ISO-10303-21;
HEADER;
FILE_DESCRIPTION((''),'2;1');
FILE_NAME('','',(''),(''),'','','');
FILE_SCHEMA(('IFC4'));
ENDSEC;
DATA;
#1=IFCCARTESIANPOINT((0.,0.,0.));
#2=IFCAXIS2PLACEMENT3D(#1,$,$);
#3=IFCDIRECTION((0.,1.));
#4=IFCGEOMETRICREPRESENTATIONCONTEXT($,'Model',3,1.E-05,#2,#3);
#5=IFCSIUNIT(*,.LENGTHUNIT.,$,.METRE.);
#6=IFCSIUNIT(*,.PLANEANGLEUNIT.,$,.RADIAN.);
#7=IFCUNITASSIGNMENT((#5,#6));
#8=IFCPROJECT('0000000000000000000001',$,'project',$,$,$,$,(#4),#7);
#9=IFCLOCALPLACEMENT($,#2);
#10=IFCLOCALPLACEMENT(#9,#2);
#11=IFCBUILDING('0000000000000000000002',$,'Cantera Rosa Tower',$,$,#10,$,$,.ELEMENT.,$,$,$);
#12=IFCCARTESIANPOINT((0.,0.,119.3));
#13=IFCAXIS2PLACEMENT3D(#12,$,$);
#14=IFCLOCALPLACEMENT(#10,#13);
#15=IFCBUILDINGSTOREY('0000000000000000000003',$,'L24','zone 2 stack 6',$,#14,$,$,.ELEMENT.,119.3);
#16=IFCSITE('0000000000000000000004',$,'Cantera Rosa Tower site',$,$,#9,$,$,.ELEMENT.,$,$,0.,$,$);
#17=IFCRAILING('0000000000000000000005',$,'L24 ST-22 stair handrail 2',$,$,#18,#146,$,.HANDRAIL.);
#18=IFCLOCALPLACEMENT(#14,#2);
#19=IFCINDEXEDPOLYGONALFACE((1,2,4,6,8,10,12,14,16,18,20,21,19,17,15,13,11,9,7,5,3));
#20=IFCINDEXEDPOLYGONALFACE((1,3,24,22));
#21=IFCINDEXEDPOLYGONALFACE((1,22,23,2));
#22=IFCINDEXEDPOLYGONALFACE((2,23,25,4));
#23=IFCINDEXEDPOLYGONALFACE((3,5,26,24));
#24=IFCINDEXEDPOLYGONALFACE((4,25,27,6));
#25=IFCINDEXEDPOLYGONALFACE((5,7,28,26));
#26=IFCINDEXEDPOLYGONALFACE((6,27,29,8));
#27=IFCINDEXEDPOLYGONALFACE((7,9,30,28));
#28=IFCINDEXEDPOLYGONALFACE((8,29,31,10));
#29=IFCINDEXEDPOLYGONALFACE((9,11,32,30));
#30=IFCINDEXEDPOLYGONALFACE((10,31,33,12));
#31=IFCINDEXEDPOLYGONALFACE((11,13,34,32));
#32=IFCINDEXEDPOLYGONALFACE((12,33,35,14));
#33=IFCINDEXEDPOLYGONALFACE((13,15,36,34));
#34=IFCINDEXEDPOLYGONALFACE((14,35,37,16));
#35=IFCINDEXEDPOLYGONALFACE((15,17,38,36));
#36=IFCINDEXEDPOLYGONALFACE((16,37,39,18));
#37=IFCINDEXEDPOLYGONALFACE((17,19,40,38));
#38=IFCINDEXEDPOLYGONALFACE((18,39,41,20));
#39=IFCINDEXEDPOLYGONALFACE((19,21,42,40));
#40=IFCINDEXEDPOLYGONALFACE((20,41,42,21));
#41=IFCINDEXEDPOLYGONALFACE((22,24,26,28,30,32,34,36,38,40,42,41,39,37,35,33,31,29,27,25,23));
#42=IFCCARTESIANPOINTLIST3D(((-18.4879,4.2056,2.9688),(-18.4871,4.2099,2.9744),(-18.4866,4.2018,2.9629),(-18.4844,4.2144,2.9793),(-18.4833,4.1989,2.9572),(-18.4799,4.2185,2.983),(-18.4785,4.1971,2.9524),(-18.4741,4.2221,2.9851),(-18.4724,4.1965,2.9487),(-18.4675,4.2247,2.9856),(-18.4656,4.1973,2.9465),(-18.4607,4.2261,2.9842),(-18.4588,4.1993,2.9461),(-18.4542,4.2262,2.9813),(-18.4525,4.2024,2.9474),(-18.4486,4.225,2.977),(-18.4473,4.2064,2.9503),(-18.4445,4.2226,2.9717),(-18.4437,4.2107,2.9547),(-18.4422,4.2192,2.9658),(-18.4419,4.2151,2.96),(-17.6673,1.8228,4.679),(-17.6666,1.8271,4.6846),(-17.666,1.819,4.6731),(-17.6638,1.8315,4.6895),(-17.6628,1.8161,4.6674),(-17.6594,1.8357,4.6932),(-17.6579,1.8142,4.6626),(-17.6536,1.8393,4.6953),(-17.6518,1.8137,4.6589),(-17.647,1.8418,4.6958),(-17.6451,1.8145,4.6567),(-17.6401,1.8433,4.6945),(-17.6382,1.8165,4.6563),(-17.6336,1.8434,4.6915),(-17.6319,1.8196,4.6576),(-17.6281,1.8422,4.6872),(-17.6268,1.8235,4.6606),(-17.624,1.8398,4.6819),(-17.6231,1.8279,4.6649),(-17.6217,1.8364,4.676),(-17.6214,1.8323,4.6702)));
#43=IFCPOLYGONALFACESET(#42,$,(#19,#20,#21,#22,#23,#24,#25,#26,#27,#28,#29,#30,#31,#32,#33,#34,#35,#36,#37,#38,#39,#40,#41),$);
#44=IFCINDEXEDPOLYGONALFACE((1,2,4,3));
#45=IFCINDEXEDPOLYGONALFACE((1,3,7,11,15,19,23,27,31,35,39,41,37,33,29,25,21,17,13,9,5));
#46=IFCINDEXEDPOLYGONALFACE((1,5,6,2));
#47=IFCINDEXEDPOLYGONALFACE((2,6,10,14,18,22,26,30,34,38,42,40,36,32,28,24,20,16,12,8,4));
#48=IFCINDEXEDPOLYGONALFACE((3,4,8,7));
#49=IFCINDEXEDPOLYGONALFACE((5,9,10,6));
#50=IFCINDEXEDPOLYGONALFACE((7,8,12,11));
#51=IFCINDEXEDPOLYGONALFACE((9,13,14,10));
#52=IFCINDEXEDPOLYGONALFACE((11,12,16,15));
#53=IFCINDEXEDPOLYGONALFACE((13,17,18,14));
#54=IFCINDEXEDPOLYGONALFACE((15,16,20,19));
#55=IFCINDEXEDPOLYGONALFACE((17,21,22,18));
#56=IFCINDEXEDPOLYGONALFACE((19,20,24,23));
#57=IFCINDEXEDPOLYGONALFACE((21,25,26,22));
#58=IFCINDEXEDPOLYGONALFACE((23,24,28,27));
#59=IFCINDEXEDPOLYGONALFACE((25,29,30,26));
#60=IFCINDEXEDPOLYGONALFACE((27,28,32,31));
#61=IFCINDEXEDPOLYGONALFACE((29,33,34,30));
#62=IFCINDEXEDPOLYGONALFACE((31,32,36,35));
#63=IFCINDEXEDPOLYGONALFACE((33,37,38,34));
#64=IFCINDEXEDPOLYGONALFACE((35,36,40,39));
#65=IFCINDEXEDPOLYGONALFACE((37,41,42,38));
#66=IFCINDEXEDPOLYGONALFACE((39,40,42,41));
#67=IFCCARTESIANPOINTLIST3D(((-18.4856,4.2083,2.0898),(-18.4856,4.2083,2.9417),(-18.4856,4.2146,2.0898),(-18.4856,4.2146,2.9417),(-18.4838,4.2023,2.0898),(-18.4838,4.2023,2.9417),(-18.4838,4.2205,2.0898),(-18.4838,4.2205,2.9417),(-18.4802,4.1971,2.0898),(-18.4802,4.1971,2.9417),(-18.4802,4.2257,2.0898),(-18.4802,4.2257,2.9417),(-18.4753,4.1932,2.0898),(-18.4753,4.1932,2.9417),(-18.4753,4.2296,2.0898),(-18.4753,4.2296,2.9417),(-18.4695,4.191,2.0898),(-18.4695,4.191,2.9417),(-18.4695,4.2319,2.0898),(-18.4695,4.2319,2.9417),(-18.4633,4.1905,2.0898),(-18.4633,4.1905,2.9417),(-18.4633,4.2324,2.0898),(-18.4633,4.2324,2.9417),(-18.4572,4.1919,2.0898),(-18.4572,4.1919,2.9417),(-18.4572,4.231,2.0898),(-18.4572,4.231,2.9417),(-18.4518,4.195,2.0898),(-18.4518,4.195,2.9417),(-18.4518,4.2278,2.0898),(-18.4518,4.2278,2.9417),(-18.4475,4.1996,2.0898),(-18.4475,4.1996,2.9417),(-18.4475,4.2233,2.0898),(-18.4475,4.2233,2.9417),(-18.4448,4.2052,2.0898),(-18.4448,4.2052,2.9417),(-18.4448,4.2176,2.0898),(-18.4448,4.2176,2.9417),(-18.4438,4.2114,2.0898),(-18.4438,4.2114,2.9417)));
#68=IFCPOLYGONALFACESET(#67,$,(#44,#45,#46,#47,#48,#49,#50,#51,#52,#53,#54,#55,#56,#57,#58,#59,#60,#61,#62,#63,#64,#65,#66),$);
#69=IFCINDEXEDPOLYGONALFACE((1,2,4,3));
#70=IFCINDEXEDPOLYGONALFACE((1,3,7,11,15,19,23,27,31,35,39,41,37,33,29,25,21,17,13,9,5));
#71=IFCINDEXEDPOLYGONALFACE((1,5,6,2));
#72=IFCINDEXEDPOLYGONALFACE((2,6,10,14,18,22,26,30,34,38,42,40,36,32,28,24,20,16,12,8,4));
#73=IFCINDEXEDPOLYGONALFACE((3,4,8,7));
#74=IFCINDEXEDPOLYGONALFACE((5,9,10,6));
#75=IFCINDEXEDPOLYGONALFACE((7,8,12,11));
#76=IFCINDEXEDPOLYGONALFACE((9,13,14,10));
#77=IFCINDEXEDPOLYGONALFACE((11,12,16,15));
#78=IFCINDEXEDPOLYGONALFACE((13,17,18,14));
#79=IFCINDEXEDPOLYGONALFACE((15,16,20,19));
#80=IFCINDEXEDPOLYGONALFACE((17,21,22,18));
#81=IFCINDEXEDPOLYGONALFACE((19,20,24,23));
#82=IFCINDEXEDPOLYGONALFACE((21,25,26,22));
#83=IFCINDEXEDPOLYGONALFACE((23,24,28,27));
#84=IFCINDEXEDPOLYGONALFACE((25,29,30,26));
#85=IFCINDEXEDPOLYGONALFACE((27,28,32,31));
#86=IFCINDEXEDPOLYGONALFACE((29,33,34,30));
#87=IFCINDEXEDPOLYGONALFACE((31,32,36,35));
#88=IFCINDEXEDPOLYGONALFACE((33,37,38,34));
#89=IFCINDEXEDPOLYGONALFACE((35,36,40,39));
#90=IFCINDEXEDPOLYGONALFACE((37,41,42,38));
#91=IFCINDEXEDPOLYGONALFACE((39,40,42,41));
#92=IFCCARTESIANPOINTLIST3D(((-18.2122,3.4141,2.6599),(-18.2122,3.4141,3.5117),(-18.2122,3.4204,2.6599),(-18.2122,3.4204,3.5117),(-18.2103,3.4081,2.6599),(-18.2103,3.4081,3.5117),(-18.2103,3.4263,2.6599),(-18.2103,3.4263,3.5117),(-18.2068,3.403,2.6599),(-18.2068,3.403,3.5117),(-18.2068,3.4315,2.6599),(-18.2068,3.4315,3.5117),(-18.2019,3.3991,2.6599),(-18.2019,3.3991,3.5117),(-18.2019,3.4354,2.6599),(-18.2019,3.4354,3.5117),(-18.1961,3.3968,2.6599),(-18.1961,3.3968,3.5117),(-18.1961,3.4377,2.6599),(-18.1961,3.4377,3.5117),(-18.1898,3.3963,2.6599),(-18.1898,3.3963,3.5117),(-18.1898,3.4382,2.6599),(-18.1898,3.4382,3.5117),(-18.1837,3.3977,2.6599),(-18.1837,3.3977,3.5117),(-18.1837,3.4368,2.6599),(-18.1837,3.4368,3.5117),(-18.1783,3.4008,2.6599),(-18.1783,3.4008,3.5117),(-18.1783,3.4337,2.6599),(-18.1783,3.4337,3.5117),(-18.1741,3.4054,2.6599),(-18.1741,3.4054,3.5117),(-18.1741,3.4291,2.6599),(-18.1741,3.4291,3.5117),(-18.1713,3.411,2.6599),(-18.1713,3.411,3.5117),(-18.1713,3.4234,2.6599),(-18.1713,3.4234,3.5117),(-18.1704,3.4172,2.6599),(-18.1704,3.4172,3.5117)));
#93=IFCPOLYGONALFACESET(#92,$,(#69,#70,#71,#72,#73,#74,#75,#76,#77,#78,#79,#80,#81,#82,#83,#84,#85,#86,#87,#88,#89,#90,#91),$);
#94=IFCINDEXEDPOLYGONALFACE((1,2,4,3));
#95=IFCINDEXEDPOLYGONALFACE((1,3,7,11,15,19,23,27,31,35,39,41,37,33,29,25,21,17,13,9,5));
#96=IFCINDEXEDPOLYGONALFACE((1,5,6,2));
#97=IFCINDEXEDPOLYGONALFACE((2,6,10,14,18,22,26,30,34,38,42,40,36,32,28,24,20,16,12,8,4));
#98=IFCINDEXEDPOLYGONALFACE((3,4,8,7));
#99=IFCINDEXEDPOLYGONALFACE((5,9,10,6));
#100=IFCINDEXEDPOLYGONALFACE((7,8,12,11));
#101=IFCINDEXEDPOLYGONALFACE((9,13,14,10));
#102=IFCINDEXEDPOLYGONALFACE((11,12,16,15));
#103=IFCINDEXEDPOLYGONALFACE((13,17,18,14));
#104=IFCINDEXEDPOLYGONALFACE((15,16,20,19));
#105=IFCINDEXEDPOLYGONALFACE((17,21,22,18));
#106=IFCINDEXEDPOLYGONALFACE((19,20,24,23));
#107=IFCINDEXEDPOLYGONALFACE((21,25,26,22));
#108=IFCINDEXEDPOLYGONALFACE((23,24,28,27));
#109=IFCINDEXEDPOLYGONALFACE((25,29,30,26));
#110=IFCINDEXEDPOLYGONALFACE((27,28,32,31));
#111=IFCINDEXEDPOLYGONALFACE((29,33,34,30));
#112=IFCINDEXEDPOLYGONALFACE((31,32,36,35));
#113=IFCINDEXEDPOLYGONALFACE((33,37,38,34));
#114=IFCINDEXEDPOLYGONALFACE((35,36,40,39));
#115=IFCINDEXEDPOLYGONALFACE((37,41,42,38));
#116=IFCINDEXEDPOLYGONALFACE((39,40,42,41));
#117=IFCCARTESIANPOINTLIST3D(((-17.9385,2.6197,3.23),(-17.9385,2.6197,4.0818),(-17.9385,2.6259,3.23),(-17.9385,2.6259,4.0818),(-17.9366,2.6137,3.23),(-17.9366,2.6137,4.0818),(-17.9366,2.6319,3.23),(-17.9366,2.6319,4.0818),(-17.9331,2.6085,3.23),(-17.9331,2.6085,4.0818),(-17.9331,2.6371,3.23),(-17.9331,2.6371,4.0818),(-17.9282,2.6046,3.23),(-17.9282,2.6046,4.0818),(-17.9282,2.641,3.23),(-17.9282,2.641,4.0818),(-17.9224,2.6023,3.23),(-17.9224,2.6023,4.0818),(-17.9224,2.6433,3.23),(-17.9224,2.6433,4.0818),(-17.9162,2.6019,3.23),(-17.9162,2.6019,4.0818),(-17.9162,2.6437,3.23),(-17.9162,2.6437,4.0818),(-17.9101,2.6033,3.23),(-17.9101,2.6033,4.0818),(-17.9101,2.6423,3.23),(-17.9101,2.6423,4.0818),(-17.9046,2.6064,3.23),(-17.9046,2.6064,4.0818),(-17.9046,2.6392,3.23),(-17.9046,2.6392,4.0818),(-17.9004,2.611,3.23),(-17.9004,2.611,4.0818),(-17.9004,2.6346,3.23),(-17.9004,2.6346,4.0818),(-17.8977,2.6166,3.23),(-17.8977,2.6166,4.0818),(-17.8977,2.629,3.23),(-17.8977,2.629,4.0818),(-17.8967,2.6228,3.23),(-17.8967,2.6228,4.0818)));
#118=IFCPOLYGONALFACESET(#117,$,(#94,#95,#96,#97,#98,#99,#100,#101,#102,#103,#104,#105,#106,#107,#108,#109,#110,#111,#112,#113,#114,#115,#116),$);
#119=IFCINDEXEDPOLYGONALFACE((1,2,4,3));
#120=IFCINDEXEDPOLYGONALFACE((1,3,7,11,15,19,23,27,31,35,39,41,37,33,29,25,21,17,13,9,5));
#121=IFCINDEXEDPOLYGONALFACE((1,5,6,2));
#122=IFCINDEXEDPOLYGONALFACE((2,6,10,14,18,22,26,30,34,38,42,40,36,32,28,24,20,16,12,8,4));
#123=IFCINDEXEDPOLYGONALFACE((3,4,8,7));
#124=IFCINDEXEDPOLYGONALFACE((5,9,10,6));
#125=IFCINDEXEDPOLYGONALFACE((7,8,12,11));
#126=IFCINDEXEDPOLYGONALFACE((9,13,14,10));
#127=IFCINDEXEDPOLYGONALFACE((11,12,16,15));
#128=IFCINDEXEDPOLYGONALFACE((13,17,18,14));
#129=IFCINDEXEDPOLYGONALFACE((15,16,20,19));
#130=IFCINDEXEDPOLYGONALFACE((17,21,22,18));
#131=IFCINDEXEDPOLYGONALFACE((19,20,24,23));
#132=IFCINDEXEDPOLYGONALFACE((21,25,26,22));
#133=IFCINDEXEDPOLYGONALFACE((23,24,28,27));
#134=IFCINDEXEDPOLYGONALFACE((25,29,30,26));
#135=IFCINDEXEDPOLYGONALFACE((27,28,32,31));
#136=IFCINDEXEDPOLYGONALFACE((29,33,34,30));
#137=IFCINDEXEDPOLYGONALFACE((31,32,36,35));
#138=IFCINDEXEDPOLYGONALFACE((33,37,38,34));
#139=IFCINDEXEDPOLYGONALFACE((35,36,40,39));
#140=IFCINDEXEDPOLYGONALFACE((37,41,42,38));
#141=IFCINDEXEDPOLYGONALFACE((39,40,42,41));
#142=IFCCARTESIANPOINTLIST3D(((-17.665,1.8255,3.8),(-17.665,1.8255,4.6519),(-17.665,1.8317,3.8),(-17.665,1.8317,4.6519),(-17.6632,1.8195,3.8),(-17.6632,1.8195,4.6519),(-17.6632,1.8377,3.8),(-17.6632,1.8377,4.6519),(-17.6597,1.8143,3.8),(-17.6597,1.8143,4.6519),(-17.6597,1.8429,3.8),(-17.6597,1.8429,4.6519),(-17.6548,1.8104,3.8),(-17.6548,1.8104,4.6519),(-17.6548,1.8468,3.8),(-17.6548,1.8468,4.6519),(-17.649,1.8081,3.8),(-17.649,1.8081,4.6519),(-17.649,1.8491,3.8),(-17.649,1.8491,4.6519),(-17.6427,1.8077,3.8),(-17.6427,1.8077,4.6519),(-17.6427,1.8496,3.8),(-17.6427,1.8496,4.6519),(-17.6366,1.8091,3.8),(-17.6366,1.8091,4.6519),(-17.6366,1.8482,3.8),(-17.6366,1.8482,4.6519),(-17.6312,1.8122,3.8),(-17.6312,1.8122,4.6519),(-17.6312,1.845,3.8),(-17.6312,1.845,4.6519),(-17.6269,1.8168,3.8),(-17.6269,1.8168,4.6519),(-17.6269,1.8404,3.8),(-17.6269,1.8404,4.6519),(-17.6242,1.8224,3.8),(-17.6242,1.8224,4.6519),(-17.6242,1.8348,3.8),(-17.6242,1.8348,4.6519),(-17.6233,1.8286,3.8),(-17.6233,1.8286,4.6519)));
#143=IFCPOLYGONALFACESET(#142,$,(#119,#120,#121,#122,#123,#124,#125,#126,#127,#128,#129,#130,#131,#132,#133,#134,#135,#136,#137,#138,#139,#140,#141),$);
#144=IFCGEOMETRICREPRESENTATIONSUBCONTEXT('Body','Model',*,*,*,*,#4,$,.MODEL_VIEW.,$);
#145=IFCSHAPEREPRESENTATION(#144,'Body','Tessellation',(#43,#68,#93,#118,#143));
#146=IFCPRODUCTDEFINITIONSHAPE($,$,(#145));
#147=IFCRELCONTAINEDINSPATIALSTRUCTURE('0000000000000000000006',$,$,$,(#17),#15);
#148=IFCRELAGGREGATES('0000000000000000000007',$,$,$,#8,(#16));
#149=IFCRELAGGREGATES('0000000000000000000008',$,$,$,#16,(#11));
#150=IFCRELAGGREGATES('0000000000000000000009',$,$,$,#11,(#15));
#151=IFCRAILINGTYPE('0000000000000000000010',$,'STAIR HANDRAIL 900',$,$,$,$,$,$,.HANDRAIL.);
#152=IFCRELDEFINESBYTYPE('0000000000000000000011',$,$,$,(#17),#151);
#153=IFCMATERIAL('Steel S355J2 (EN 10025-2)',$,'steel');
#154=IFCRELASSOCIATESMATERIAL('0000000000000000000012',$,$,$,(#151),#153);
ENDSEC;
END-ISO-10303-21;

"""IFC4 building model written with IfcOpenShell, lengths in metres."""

from ifc_helpers import new_model, si_unit, direction, frame, origin, origin_2d, place, context, subcontext, project, spatial, circle, extrude, material, type_object, element, save


model = new_model("IFC4")

# Units and contexts
model_context = context("Model", 3, precision=1e-05, world=origin(), true_north=direction((0.0, 1.0)))
body_context = subcontext(model_context, "Body", "Model", "MODEL_VIEW")
ifc_project = project(units=[si_unit("LENGTHUNIT", "METRE"), si_unit("PLANEANGLEUNIT", "RADIAN")], contexts=[model_context])

# Site, building, storey
site_placement = place(None, origin())
site = spatial("IfcSite", under=ifc_project, at=site_placement, Name="Cantera Rosa Tower site", CompositionType="ELEMENT", RefElevation=0.0)
building_placement = place(site_placement, origin())
building = spatial("IfcBuilding", under=site, at=building_placement, Name="Cantera Rosa Tower", CompositionType="ELEMENT")
storey_placement = place(building_placement, frame((0.0, 0.0, 119.3)))
storey = spatial("IfcBuildingStorey", under=building, at=storey_placement, Name="L24", Description="zone 2 stack 6", CompositionType="ELEMENT", Elevation=119.3)

# Railing
ifc_material_1 = material(Name="Steel S355J2 (EN 10025-2)", Category="steel")
railing_type_1 = type_object("IfcRailingType", Name="STAIR HANDRAIL 900", PredefinedType="HANDRAIL", material=ifc_material_1)
railing_1_placement = place(storey_placement, frame((-18.4648, 4.2114, 2.0898)))
element("IfcRailing", 1, at=railing_1_placement, inside=storey, type_object=railing_type_1, Name="L24 ST-22 stair handrail 2", PredefinedType="HANDRAIL", context=body_context, shape_type="SweptSolid", body=[
    extrude(circle(Radius=0.0239, at=origin_2d()), frame((0.0, 0.0, 0.876), z_axis=(0.26942, -0.782369, 0.561526), x_axis=(0.945508, 0.3256, 0.0)), (0.0, 0.0, 1.0), 3.0457),
    extrude(circle(Radius=0.021, at=origin_2d()), origin(), (0.0, 0.0, 1.0), 0.8518),
    extrude(circle(Radius=0.021, at=origin_2d()), frame((0.2734, -0.7942, 0.5701)), (0.0, 0.0, 1.0), 0.8518),
    extrude(circle(Radius=0.021, at=origin_2d()), frame((0.5471, -1.5886, 1.1401)), (0.0, 0.0, 1.0), 0.8518),
    extrude(circle(Radius=0.021, at=origin_2d()), frame((0.8206, -2.3828, 1.7102)), (0.0, 0.0, 1.0), 0.8518),
])

save(model, "model.ifc")
